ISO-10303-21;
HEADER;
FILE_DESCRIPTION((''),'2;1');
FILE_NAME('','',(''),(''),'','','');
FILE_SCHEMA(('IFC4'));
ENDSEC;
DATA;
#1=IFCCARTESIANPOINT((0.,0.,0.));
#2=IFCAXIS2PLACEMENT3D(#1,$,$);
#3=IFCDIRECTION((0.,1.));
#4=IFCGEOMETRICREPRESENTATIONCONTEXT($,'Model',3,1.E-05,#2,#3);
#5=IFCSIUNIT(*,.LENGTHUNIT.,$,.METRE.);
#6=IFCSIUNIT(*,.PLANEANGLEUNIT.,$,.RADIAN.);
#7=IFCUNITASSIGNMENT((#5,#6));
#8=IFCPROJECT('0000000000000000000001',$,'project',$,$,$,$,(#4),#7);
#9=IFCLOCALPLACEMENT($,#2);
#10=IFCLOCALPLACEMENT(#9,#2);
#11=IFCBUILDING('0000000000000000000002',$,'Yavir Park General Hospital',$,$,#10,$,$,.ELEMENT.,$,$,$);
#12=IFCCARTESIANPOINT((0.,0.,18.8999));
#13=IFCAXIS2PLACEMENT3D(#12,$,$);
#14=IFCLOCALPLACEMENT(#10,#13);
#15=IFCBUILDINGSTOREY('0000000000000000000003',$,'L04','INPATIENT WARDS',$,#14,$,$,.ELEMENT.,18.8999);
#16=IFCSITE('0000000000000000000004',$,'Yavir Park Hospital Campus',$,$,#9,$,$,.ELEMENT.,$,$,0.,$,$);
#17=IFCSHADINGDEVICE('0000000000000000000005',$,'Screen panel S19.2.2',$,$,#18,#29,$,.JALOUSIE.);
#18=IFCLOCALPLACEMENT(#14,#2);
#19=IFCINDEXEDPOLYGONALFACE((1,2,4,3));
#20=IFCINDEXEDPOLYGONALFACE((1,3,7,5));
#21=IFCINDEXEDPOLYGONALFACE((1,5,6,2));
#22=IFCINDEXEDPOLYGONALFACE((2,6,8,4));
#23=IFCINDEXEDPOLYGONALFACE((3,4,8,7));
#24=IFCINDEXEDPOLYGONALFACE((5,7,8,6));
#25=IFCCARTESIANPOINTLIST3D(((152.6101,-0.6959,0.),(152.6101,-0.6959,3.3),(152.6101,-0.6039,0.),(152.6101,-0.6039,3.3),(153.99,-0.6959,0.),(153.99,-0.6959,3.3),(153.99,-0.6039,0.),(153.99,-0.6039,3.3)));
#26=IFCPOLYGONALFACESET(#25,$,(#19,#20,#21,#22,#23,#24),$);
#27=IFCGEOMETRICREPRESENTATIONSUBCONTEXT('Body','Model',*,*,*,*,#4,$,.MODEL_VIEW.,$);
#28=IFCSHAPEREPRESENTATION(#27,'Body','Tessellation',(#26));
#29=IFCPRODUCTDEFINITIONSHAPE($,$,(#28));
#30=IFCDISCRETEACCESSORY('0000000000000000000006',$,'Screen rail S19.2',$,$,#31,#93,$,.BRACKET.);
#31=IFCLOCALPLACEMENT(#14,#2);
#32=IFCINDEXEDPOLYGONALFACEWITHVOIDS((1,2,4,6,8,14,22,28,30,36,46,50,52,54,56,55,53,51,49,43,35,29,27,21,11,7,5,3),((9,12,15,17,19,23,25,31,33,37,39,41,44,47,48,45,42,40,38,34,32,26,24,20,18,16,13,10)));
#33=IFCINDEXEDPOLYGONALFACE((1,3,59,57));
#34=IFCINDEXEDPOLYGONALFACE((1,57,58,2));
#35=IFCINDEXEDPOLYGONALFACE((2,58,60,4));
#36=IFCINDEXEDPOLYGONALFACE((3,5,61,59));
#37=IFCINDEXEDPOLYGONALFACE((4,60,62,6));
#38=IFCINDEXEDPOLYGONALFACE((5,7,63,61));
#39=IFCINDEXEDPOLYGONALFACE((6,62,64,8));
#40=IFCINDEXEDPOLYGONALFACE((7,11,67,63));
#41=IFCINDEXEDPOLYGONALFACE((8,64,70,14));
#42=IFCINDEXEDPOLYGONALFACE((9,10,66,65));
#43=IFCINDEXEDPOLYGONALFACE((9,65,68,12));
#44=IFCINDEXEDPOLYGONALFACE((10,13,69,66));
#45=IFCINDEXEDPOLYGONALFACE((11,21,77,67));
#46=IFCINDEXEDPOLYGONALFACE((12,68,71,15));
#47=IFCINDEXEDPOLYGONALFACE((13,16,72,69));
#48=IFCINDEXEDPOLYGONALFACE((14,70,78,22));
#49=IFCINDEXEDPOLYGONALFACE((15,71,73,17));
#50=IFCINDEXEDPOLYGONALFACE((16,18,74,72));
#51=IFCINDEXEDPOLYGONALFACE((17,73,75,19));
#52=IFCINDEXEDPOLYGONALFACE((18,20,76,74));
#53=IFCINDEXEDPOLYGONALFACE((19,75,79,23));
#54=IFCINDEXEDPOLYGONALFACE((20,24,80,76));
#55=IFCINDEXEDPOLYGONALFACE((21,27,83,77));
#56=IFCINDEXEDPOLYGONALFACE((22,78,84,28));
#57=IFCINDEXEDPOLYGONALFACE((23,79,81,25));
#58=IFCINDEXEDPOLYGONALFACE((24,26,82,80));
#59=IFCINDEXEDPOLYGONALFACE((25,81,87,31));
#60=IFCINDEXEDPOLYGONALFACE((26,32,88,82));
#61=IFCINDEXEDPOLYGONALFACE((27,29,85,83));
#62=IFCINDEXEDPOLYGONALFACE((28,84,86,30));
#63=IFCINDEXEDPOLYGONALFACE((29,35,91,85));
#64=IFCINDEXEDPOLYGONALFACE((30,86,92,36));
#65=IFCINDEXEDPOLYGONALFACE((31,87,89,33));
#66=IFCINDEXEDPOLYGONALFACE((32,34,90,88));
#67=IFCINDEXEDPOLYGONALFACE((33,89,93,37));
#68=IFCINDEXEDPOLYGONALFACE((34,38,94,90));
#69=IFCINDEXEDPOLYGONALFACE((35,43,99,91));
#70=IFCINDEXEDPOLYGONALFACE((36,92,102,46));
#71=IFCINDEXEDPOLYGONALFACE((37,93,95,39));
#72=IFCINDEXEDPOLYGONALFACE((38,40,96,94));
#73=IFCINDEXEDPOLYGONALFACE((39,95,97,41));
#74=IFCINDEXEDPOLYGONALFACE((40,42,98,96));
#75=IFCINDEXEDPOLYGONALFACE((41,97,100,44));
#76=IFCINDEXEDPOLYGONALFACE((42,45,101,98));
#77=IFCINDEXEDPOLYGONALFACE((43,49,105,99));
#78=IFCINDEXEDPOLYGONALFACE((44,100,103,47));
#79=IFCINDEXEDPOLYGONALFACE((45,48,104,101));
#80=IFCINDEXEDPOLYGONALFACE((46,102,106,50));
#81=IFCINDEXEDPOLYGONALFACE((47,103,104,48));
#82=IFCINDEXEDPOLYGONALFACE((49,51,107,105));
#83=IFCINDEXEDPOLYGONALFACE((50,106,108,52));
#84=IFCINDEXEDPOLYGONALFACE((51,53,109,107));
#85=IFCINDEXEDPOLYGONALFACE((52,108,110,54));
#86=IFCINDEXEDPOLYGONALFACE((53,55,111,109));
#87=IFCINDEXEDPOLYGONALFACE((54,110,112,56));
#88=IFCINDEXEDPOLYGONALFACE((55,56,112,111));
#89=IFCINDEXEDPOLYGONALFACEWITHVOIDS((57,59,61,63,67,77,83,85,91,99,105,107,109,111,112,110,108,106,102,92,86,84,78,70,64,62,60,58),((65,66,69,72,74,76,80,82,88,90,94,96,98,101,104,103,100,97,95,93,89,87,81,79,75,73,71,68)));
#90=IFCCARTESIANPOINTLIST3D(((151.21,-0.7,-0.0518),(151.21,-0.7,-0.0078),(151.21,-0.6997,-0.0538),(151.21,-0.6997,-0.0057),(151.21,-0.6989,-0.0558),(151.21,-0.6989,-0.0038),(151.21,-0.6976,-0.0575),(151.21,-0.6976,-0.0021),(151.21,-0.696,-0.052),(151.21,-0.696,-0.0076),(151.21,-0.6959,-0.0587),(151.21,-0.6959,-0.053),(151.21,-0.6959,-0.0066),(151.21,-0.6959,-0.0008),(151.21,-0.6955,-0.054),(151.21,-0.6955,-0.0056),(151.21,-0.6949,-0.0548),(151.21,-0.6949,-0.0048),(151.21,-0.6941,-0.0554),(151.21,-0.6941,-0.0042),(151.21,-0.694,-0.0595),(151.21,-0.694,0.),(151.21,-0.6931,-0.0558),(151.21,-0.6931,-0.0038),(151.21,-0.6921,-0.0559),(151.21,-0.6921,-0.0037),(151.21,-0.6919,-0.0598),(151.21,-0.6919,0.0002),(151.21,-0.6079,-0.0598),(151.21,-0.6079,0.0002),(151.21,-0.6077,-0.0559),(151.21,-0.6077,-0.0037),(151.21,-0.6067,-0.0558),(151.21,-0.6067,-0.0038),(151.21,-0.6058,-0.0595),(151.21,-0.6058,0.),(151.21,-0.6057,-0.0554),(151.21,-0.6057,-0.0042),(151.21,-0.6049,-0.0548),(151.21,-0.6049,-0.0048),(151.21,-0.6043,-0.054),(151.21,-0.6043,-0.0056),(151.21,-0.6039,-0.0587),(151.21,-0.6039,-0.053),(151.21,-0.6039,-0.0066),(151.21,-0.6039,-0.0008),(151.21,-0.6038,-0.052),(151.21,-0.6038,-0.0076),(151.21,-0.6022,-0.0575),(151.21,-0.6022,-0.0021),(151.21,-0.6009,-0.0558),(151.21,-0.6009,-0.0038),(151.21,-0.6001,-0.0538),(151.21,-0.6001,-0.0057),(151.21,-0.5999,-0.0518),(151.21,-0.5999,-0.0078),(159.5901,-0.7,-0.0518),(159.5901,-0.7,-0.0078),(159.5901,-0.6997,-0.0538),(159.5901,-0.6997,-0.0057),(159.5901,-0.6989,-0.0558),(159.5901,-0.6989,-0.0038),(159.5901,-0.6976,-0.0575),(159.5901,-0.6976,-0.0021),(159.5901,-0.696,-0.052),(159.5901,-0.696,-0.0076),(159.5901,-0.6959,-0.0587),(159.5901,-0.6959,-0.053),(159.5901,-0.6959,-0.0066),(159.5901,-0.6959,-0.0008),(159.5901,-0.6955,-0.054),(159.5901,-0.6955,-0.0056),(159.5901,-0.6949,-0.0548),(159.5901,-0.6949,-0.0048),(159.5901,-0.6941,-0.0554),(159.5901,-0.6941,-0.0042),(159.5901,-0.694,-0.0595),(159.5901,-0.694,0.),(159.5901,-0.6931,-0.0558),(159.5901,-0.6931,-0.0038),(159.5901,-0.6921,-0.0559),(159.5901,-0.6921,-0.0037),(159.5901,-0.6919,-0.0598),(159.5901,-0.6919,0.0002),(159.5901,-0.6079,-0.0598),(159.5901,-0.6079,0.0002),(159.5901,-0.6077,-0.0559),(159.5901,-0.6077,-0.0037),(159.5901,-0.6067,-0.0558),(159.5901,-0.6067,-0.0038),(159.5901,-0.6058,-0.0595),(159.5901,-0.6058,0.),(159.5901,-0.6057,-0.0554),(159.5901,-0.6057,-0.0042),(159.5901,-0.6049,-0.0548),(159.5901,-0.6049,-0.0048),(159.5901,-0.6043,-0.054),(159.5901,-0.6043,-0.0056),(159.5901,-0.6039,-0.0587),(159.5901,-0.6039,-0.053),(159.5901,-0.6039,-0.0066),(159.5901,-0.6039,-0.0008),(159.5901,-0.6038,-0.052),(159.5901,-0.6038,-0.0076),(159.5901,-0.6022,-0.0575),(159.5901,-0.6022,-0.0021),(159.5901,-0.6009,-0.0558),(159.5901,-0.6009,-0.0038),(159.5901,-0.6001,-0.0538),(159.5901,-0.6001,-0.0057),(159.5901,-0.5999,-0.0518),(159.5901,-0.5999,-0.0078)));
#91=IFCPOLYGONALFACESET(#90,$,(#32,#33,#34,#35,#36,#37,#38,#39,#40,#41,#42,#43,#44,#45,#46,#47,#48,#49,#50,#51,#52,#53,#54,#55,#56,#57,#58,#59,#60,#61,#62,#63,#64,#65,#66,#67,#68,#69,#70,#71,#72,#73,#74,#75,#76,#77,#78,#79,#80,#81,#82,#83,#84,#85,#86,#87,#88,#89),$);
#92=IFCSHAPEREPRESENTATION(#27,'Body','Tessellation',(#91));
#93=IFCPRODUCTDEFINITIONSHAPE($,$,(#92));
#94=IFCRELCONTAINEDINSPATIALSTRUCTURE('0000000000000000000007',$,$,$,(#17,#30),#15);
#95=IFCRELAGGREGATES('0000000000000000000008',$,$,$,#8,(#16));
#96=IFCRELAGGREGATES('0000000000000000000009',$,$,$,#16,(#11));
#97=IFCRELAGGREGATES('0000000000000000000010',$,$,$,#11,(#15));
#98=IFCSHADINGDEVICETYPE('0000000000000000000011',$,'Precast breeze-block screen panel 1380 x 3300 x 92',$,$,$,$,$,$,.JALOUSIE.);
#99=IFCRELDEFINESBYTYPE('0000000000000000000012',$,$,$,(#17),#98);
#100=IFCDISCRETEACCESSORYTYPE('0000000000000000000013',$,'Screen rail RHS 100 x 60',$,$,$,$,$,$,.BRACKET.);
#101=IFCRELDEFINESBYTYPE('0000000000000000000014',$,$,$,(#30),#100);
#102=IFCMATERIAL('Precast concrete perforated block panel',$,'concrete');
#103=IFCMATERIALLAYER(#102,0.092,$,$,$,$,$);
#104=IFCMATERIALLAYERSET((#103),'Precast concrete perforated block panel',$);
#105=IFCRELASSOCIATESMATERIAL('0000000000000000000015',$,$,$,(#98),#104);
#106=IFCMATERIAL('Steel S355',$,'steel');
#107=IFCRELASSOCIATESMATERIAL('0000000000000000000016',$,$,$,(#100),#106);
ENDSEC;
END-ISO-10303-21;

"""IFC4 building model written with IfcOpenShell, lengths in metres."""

from ifc_helpers import new_model, si_unit, direction, frame, origin, origin_2d, place, context, subcontext, project, spatial, rectangle, hollow_rectangle, extrude, material, layer, layer_set, material_profile, profile_set, type_object, element, save


model = new_model("IFC4")

# Units and contexts
model_context = context("Model", 3, precision=1e-05, world=origin(), true_north=direction((0.0, 1.0)))
body_context = subcontext(model_context, "Body", "Model", "MODEL_VIEW")
ifc_project = project(units=[si_unit("LENGTHUNIT", "METRE"), si_unit("PLANEANGLEUNIT", "RADIAN")], contexts=[model_context])

# Site, building, storey
site_placement = place(None, origin())
site = spatial("IfcSite", under=ifc_project, at=site_placement, Name="Yavir Park Hospital Campus", CompositionType="ELEMENT", RefElevation=0.0)
building_placement = place(site_placement, origin())
building = spatial("IfcBuilding", under=site, at=building_placement, Name="Yavir Park General Hospital", CompositionType="ELEMENT")
storey_placement = place(building_placement, frame((0.0, 0.0, 18.8999)))
storey = spatial("IfcBuildingStorey", under=building, at=storey_placement, Name="L04", Description="INPATIENT WARDS", CompositionType="ELEMENT", Elevation=18.8999)

# Shading device
ifc_material_1 = material(Name="Precast concrete perforated block panel", Category="concrete")
ifc_layer_1 = layer(ifc_material_1, 0.092)
ifc_layer_set_1 = layer_set([ifc_layer_1], Name="Precast concrete perforated block panel")
shading_device_type = type_object("IfcShadingDeviceType", Name="Precast breeze-block screen panel 1380 x 3300 x 92", PredefinedType="JALOUSIE", material=ifc_layer_set_1)
for number, where, z_axis, x_axis, name in (
    (1, (153.3, -0.6499, 0.0), (0.0, 0.0, 1.0), (1.0, 0.0, 0.0), "Screen panel S19.2.2"),
):
    element("IfcShadingDevice", number, at=place(storey_placement, frame(where, z_axis=z_axis, x_axis=x_axis)), inside=storey, type_object=shading_device_type, Name=name, PredefinedType="JALOUSIE", context=body_context, shape_type="SweptSolid", body=[
        extrude(rectangle(XDim=1.3799, YDim=0.092, at=origin_2d()), origin(), (0.0, 0.0, 1.0), 3.3),
    ])

# Discrete accessory
ifc_material_2 = material(Name="Steel S355", Category="steel")
ifc_material_profile_1 = material_profile(ifc_material_2, hollow_rectangle(XDim=0.1001, YDim=0.0601, WallThickness=0.0039, InnerFilletRadius=0.0039, OuterFilletRadius=0.0081, at=origin_2d()), Name="RHS60x100x4")
ifc_profile_set_1 = profile_set([ifc_material_profile_1], Name="Steel S355")
discrete_accessory_type = type_object("IfcDiscreteAccessoryType", Name="Screen rail RHS 100 x 60", PredefinedType="BRACKET", material=ifc_profile_set_1)
discrete_accessory_placement = place(storey_placement, frame((151.21, -0.6499, -0.0298), z_axis=(1.0, 0.0, 0.0), x_axis=(0.0, 1.0, 0.0)))
element("IfcDiscreteAccessory", 2, at=discrete_accessory_placement, inside=storey, type_object=discrete_accessory_type, Name="Screen rail S19.2", PredefinedType="BRACKET", context=body_context, shape_type="SweptSolid", body=[
    extrude(hollow_rectangle(XDim=0.1001, YDim=0.0601, WallThickness=0.0039, InnerFilletRadius=0.0039, OuterFilletRadius=0.0081, at=origin_2d()), origin(), (0.0, 0.0, 1.0), 8.3801),
])

save(model, "model.ifc")
